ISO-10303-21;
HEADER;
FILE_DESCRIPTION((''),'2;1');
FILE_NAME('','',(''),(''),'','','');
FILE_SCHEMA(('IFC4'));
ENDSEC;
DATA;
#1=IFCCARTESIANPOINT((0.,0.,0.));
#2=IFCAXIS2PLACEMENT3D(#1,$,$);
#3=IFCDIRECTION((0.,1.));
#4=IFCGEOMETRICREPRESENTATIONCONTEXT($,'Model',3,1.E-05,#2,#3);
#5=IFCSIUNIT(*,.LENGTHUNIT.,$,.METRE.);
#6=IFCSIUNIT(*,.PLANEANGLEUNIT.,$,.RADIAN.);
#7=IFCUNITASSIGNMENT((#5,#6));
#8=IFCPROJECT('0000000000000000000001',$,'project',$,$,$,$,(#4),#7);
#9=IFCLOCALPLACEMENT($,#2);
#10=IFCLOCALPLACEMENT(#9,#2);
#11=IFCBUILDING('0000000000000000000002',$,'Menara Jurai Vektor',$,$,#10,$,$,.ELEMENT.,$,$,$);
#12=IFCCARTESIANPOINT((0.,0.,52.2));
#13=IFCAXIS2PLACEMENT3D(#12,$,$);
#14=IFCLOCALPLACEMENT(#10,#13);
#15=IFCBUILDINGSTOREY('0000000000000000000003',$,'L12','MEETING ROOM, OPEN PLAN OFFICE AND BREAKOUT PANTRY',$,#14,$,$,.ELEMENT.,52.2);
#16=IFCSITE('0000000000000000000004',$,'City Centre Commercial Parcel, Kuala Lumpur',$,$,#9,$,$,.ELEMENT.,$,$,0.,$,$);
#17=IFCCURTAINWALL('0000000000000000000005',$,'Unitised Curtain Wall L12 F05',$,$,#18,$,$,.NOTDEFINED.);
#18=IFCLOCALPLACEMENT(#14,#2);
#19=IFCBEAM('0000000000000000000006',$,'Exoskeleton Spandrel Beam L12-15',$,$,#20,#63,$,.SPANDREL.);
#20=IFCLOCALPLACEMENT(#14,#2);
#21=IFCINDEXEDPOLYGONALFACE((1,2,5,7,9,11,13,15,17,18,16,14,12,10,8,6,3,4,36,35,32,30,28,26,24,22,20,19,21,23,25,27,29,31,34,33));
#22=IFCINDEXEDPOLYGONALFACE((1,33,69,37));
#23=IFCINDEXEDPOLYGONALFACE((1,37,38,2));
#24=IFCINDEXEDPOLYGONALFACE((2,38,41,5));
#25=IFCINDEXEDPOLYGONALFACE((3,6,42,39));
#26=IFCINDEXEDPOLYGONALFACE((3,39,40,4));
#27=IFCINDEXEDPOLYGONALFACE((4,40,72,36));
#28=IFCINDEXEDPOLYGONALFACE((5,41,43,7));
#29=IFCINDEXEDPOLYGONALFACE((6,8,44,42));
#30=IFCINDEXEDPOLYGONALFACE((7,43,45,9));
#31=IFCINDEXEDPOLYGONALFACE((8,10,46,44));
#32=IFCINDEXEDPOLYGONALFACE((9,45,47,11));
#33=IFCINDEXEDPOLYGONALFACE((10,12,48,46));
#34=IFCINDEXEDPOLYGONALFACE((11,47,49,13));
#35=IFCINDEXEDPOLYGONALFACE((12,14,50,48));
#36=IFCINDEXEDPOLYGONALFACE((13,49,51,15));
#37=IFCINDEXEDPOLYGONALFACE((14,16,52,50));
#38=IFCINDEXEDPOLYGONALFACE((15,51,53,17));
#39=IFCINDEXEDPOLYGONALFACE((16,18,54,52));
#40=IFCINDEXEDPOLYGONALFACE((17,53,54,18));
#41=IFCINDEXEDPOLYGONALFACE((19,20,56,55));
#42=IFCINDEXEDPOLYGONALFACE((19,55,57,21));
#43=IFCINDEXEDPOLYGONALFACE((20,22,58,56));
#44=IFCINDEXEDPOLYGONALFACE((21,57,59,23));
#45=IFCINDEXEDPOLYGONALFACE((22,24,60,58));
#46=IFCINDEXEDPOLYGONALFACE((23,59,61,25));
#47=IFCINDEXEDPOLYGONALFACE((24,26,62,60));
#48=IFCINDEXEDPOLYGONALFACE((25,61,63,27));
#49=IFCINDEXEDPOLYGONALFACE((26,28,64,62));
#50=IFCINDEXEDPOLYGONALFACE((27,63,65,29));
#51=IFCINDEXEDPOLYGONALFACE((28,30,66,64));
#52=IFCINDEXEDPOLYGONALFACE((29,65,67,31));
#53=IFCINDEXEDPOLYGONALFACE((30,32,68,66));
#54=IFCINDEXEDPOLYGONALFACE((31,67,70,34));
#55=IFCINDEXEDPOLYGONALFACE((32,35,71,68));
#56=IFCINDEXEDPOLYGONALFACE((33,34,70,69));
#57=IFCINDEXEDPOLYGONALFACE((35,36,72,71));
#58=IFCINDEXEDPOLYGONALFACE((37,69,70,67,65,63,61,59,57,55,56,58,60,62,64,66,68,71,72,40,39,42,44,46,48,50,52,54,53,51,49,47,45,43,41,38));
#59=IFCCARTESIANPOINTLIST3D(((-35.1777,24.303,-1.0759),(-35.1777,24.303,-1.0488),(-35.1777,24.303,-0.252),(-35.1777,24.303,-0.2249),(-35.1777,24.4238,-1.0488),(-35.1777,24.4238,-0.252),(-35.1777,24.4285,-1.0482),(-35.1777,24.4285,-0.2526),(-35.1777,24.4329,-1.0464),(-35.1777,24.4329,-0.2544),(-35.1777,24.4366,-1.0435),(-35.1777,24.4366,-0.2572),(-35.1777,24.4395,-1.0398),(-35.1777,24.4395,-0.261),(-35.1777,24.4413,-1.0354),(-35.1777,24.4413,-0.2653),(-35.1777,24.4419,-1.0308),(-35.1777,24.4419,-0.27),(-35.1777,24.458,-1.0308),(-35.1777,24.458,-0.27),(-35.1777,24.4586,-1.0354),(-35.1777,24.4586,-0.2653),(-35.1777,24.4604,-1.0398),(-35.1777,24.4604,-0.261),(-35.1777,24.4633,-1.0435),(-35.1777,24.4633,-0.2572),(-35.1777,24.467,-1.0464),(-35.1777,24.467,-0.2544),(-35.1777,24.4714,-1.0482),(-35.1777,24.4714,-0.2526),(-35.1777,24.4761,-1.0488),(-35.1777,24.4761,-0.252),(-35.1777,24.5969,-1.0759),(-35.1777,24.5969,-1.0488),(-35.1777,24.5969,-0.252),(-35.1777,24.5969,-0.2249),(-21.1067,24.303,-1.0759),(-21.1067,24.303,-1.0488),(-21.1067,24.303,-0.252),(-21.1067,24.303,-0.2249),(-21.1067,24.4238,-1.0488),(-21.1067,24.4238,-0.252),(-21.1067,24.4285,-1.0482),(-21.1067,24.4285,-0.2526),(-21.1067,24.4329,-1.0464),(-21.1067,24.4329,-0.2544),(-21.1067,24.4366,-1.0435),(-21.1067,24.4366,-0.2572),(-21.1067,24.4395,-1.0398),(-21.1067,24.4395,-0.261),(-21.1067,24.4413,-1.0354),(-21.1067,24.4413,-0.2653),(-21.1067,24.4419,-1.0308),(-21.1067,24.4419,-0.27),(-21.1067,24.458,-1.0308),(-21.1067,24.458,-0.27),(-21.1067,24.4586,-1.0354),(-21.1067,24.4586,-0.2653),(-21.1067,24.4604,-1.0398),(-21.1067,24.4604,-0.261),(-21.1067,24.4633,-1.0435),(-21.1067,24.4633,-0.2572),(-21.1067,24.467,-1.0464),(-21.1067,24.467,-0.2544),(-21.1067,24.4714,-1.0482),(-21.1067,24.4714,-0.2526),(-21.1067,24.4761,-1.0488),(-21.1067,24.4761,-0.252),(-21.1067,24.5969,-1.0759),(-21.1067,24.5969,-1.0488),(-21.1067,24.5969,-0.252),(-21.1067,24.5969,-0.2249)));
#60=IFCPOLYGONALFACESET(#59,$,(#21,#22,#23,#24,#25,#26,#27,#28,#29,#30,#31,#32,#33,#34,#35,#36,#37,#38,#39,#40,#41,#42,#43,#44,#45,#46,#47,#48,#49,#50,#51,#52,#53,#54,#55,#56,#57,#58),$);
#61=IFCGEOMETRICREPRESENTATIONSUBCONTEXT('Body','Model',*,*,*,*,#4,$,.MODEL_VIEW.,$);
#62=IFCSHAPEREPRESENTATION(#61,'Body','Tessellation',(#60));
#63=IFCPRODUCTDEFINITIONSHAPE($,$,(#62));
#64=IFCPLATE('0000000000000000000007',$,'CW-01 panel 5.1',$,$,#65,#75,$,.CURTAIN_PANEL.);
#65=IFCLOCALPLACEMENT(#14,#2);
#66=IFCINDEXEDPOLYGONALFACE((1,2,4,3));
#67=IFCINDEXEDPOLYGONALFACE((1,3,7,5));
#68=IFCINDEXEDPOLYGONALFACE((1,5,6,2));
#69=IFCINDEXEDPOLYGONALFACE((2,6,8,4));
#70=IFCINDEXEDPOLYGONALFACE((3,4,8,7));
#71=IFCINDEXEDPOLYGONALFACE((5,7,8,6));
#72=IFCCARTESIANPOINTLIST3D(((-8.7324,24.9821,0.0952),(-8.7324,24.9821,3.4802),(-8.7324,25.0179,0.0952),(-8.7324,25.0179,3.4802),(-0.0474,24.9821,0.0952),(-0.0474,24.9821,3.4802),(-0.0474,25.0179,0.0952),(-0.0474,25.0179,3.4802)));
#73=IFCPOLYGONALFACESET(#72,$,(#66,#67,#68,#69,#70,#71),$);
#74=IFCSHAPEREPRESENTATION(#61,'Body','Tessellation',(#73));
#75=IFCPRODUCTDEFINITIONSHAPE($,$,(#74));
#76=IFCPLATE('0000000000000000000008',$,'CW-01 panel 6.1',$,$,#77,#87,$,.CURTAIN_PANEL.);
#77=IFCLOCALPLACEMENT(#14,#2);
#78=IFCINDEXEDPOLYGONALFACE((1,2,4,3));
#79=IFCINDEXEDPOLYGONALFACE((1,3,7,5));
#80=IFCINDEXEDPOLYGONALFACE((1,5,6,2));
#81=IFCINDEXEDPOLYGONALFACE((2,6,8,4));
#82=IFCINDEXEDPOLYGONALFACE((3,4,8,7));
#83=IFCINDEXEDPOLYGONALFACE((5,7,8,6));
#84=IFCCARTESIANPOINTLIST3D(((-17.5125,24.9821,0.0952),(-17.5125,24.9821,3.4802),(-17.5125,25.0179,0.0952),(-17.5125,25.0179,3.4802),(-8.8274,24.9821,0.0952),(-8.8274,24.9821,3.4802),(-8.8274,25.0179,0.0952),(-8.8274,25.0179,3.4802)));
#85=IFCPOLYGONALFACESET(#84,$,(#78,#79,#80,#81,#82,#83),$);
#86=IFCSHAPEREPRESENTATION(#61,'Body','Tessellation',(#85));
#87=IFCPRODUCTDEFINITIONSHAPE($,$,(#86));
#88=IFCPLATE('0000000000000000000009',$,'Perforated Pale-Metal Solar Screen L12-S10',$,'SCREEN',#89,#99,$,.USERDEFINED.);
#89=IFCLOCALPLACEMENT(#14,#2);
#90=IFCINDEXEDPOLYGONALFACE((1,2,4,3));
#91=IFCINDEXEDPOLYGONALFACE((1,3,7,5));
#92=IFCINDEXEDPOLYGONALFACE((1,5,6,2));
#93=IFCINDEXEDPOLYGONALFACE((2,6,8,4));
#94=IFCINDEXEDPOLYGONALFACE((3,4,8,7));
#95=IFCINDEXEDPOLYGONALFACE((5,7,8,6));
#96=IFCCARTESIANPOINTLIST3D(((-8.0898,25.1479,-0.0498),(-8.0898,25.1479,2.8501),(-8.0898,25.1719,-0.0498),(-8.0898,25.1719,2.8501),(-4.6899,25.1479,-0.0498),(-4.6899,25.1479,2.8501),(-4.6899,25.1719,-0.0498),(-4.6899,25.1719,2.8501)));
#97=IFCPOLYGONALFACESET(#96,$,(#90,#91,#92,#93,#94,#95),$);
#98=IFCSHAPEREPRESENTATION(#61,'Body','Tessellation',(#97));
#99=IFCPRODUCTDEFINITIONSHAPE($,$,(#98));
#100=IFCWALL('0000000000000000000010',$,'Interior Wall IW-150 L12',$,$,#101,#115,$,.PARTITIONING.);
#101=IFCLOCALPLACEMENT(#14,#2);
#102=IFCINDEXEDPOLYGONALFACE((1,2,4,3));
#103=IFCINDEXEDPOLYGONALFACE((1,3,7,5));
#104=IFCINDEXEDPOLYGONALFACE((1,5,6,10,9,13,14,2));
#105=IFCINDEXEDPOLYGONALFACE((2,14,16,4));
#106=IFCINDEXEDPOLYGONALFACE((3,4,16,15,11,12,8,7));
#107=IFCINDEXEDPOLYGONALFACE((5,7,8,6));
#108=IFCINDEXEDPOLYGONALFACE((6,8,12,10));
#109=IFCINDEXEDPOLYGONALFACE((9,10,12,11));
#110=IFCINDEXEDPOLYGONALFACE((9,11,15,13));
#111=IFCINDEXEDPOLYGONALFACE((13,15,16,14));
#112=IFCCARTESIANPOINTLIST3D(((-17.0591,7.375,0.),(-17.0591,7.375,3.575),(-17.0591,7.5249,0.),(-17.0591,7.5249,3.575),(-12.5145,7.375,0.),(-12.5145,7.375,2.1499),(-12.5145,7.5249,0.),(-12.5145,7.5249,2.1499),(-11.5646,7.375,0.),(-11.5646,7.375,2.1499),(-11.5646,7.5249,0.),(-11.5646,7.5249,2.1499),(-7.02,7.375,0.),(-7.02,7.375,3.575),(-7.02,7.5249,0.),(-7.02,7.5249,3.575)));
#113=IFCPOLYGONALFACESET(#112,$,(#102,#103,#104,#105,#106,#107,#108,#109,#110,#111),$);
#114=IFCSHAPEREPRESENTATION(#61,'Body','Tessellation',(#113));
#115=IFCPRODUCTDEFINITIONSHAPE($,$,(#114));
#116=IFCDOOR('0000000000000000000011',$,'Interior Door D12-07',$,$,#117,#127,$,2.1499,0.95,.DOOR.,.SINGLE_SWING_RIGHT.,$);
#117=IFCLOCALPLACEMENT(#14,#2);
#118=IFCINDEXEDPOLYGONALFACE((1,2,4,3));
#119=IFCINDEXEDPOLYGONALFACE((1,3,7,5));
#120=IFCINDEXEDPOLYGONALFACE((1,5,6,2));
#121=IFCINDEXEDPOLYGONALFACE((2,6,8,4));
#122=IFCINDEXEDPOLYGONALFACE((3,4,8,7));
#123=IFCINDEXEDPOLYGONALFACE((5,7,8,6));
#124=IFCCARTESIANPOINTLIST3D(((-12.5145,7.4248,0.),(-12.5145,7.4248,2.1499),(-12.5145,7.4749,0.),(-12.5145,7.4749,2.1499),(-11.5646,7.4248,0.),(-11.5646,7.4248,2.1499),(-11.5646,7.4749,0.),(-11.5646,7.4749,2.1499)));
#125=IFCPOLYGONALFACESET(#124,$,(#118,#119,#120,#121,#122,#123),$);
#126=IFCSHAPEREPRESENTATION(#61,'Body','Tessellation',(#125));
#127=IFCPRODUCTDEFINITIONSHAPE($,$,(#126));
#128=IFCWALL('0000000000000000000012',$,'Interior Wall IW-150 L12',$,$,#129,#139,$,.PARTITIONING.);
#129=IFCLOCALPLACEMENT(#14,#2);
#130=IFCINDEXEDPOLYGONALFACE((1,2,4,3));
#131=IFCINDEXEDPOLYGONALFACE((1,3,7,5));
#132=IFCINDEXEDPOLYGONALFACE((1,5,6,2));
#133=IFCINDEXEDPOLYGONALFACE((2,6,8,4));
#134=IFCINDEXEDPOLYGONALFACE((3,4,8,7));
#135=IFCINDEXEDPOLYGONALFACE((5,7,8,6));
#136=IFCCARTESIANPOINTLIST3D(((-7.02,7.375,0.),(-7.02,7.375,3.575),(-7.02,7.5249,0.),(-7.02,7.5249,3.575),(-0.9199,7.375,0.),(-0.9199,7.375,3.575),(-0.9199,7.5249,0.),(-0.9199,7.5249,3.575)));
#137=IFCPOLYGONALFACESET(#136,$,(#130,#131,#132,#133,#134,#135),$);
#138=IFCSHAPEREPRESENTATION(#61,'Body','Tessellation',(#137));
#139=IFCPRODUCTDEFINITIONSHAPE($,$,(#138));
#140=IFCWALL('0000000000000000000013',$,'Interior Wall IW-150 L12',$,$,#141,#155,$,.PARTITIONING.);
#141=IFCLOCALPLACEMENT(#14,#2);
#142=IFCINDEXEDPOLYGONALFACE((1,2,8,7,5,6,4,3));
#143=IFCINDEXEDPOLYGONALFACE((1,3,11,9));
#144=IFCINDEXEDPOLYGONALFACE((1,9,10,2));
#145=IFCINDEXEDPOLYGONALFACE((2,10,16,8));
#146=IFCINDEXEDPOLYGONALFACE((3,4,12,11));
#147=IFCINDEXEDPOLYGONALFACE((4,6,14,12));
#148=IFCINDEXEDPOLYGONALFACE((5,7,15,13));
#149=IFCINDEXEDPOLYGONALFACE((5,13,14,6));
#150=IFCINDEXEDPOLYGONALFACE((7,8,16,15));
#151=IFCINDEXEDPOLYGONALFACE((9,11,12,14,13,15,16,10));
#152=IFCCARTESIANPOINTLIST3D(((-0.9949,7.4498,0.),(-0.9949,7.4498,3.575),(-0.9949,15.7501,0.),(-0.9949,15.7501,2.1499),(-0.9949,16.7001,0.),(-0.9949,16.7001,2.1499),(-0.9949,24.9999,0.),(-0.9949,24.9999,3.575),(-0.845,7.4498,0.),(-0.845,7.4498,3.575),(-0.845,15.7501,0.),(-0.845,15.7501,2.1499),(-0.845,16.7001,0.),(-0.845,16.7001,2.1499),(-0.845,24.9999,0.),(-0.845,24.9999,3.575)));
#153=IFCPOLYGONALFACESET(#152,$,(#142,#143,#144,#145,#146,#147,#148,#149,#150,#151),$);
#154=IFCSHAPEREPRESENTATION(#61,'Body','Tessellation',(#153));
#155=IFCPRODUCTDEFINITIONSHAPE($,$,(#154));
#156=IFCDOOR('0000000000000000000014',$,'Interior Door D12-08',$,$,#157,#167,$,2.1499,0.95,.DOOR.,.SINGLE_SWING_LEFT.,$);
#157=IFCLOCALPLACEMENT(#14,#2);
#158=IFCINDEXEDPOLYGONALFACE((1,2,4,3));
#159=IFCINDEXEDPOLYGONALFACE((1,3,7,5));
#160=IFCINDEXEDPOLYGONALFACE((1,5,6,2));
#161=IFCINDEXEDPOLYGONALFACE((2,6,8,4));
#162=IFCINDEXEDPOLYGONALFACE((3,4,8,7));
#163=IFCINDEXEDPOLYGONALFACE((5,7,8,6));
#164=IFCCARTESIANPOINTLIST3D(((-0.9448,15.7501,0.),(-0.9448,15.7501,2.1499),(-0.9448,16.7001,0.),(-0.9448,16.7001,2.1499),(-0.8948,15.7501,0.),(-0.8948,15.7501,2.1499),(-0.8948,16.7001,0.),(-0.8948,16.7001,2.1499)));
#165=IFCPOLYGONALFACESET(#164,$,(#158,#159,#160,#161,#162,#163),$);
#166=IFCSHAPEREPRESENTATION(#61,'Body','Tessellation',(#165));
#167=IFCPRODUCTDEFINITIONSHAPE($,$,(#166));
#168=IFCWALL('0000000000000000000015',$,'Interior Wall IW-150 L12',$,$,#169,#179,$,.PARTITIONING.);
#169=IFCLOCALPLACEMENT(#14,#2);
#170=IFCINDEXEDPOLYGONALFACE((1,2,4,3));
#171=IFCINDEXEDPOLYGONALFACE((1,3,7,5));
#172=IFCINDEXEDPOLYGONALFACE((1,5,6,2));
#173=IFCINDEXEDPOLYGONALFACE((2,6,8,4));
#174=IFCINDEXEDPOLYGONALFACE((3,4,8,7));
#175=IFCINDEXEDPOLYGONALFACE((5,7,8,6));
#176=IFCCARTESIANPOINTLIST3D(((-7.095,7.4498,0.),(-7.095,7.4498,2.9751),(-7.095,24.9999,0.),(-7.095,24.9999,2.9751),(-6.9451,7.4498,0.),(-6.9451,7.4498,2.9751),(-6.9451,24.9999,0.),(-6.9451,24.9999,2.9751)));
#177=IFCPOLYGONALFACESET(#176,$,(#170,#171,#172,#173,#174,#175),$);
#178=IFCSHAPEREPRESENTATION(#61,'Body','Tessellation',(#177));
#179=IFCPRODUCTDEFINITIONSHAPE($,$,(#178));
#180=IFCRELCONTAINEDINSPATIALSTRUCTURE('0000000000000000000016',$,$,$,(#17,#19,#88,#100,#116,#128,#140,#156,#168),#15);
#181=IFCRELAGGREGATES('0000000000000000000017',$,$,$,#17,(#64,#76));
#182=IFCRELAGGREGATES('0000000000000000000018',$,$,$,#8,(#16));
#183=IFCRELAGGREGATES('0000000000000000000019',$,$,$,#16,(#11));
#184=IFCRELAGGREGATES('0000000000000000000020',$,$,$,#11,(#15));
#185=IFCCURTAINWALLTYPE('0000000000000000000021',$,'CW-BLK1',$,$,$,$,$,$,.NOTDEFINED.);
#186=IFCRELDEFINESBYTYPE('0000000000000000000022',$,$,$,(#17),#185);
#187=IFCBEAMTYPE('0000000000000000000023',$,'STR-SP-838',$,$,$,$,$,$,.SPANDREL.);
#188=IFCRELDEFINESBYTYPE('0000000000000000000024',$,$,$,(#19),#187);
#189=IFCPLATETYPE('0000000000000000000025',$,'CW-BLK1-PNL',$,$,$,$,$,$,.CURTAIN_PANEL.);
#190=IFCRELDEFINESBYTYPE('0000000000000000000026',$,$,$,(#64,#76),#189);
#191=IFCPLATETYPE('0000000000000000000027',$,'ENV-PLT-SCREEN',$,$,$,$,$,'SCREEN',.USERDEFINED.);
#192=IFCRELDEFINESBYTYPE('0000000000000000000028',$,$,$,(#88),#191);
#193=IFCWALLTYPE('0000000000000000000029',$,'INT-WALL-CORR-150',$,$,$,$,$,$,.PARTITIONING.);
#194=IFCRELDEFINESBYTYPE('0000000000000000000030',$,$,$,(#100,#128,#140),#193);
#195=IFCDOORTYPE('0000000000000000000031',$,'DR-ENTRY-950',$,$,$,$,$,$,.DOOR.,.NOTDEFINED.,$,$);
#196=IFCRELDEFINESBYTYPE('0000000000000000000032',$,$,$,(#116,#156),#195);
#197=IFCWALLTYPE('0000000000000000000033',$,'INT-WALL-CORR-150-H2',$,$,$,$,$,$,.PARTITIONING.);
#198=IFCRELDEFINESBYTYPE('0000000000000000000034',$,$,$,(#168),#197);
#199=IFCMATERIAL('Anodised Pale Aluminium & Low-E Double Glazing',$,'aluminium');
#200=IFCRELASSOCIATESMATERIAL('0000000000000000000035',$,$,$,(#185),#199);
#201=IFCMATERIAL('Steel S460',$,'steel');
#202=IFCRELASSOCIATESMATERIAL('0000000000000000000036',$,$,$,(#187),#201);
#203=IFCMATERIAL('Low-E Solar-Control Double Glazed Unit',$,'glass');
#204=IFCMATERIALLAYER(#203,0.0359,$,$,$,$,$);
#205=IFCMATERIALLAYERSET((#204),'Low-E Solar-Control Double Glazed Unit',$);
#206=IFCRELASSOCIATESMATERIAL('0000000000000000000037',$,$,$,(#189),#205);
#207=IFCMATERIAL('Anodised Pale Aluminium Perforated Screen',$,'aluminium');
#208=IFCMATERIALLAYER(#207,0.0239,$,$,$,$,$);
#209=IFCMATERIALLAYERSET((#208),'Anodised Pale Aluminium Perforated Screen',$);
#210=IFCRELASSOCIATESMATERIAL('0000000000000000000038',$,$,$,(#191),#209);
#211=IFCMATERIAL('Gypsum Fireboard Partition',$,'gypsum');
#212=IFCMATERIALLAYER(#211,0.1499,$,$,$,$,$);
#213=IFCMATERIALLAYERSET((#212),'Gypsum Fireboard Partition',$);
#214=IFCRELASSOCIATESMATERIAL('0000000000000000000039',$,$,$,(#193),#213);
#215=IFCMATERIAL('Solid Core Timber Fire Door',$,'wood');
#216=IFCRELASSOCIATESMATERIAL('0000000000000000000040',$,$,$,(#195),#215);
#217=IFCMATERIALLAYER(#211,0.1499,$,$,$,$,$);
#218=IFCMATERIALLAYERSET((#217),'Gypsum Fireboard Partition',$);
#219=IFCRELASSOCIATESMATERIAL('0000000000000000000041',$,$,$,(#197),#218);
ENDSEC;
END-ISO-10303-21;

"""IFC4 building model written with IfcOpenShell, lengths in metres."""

from ifc_helpers import new_model, si_unit, direction, frame, frame_2d, origin, origin_2d, place, context, subcontext, project, spatial, rectangle, i_section, extrude, material, layer, layer_set, material_profile, profile_set, type_object, element, fill, aggregate, save


model = new_model("IFC4")

# Units and contexts
model_context = context("Model", 3, precision=1e-05, world=origin(), true_north=direction((0.0, 1.0)))
body_context = subcontext(model_context, "Body", "Model", "MODEL_VIEW")
ifc_project = project(units=[si_unit("LENGTHUNIT", "METRE"), si_unit("PLANEANGLEUNIT", "RADIAN")], contexts=[model_context])

# Site, building, storey
site_placement = place(None, origin())
site = spatial("IfcSite", under=ifc_project, at=site_placement, Name="City Centre Commercial Parcel, Kuala Lumpur", CompositionType="ELEMENT", RefElevation=0.0)
building_placement = place(site_placement, origin())
building = spatial("IfcBuilding", under=site, at=building_placement, Name="Menara Jurai Vektor", CompositionType="ELEMENT")
storey_placement = place(building_placement, frame((0.0, 0.0, 52.2)))
storey = spatial("IfcBuildingStorey", under=building, at=storey_placement, Name="L12", Description="MEETING ROOM, OPEN PLAN OFFICE AND BREAKOUT PANTRY", CompositionType="ELEMENT", Elevation=52.2)

# Shared definitions
ifc_material_1 = material(Name="Steel S460", Category="steel")

# Curtain wall
ifc_material_2 = material(Name="Anodised Pale Aluminium & Low-E Double Glazing", Category="aluminium")
curtain_wall_type = type_object("IfcCurtainWallType", Name="CW-BLK1", PredefinedType="NOTDEFINED", material=ifc_material_2)
curtain_wall_placement = place(storey_placement, origin())
curtain_wall = element("IfcCurtainWall", 1, at=curtain_wall_placement, inside=storey, type_object=curtain_wall_type, Name="Unitised Curtain Wall L12 F05", PredefinedType="NOTDEFINED")

# Beam
ifc_material_profile_1 = material_profile(ifc_material_1, i_section(OverallWidth=0.2939, OverallDepth=0.8511, WebThickness=0.0161, FlangeThickness=0.0271, FilletRadius=0.0181, at=origin_2d()), Name="UKB 838x292x226")
ifc_profile_set_1 = profile_set([ifc_material_profile_1], Name="Steel S460")
beam_type_1 = type_object("IfcBeamType", Name="STR-SP-838", PredefinedType="SPANDREL", material=ifc_profile_set_1)
for number, where, z_axis, x_axis, name in (
    (2, (-21.1067, 24.45, -0.6504), (-1.0, 0.0, 0.0), (0.0, -1.0, 0.0), "Exoskeleton Spandrel Beam L12-15"),
):
    element("IfcBeam", number, at=place(storey_placement, frame(where, z_axis=z_axis, x_axis=x_axis)), inside=storey, type_object=beam_type_1, Name=name, PredefinedType="SPANDREL", context=body_context, shape_type="SweptSolid", body=[
        extrude(i_section(OverallWidth=0.2939, OverallDepth=0.8511, WebThickness=0.0161, FlangeThickness=0.0271, FilletRadius=0.0181, at=origin_2d()), origin(), (0.0, 0.0, 1.0), 14.071),
    ])

# Plates
ifc_material_3 = material(Name="Low-E Solar-Control Double Glazed Unit", Category="glass")
ifc_layer_1 = layer(ifc_material_3, 0.0359)
ifc_layer_set_1 = layer_set([ifc_layer_1], Name="Low-E Solar-Control Double Glazed Unit")
plate_type_1 = type_object("IfcPlateType", Name="CW-BLK1-PNL", PredefinedType="CURTAIN_PANEL", material=ifc_layer_set_1)
plate_1_placement = place(storey_placement, frame((-4.3899, 25.0, 0.0952), z_axis=(0.0, 0.0, 1.0), x_axis=(-1.0, 0.0, 0.0)))
plate_1 = element("IfcPlate", 3, at=plate_1_placement, type_object=plate_type_1, Name="CW-01 panel 5.1", PredefinedType="CURTAIN_PANEL", context=body_context, shape_type="SweptSolid", body=[
    extrude(rectangle(XDim=8.6851, YDim=0.0359, at=origin_2d()), origin(), (0.0, 0.0, 1.0), 3.385),
])
plate_2_placement = place(storey_placement, frame((-13.1699, 25.0, 0.0952), z_axis=(0.0, 0.0, 1.0), x_axis=(-1.0, 0.0, 0.0)))
plate_2 = element("IfcPlate", 4, at=plate_2_placement, type_object=plate_type_1, Name="CW-01 panel 6.1", PredefinedType="CURTAIN_PANEL", context=body_context, shape_type="SweptSolid", body=[
    extrude(rectangle(XDim=8.6851, YDim=0.0359, at=origin_2d()), origin(), (0.0, 0.0, 1.0), 3.385),
])
aggregate(curtain_wall, [plate_1, plate_2])
ifc_material_4 = material(Name="Anodised Pale Aluminium Perforated Screen", Category="aluminium")
ifc_layer_2 = layer(ifc_material_4, 0.0239)
ifc_layer_set_2 = layer_set([ifc_layer_2], Name="Anodised Pale Aluminium Perforated Screen")
plate_type_2 = type_object("IfcPlateType", Name="ENV-PLT-SCREEN", ElementType="SCREEN", PredefinedType="USERDEFINED", material=ifc_layer_set_2)
plate_3_placement = place(storey_placement, frame((-6.3899, 25.1599, -0.0498), z_axis=(0.0, 0.0, 1.0), x_axis=(-1.0, 0.0, 0.0)))
element("IfcPlate", 5, at=plate_3_placement, inside=storey, type_object=plate_type_2, Name="Perforated Pale-Metal Solar Screen L12-S10", ObjectType="SCREEN", PredefinedType="USERDEFINED", context=body_context, shape_type="SweptSolid", body=[
    extrude(rectangle(XDim=3.3999, YDim=0.0239, at=origin_2d()), origin(), (0.0, 0.0, 1.0), 2.8999),
])

# Wall, opening, door
ifc_material_5 = material(Name="Gypsum Fireboard Partition", Category="gypsum")
ifc_layer_3 = layer(ifc_material_5, 0.1499)
ifc_layer_set_3 = layer_set([ifc_layer_3], Name="Gypsum Fireboard Partition")
wall_type_1 = type_object("IfcWallType", Name="INT-WALL-CORR-150", PredefinedType="PARTITIONING", material=ifc_layer_set_3)
wall_1_placement = place(storey_placement, frame((-17.0591, 7.45, 0.0), z_axis=(0.0, 0.0, 1.0), x_axis=(1.0, 0.0, 0.0)))
wall_1 = element("IfcWall", 6, at=wall_1_placement, inside=storey, type_object=wall_type_1, Name="Interior Wall IW-150 L12", PredefinedType="PARTITIONING", context=body_context, shape_type="SweptSolid", body=[
    extrude(rectangle(XDim=10.0391, YDim=0.1499, at=frame_2d((5.0195, 0.0))), origin(), (0.0, 0.0, 1.0), 3.575),
])
opening_1_placement = place(wall_1_placement, frame((4.5444, 0.0, 0.0)))
opening_1 = element("IfcOpeningElement", 7, at=opening_1_placement, cuts=wall_1, PredefinedType="OPENING", context=body_context, shape_type="SweptSolid", body=[
    extrude(rectangle(XDim=0.95, YDim=2.1499, at=frame_2d((0.4751, 1.075))), frame((0.0, 0.085, 0.0), z_axis=(0.0, -1.0, 0.0), x_axis=(1.0, 0.0, 0.0)), (0.0, 0.0, 1.0), 0.1699),
])
ifc_material_6 = material(Name="Solid Core Timber Fire Door", Category="wood")
door_type = type_object("IfcDoorType", Name="DR-ENTRY-950", OperationType="NOTDEFINED", PredefinedType="DOOR", material=ifc_material_6)
door_1_placement = place(opening_1_placement, origin())
door_1 = element("IfcDoor", 8, at=door_1_placement, inside=storey, type_object=door_type, Name="Interior Door D12-07", OperationType="SINGLE_SWING_RIGHT", OverallHeight=2.1499, OverallWidth=0.95, PredefinedType="DOOR", context=body_context, shape_type="SweptSolid", body=[
    extrude(rectangle(XDim=0.95, YDim=2.1499, at=frame_2d((0.4751, 1.075))), frame((0.0, 0.0249, 0.0), z_axis=(0.0, -1.0, 0.0), x_axis=(1.0, 0.0, 0.0)), (0.0, 0.0, 1.0), 0.05),
])
fill(opening_1, door_1)

# Wall
wall_2_placement = place(storey_placement, frame((-7.02, 7.45, 0.0), z_axis=(0.0, 0.0, 1.0), x_axis=(1.0, 0.0, 0.0)))
element("IfcWall", 9, at=wall_2_placement, inside=storey, type_object=wall_type_1, Name="Interior Wall IW-150 L12", PredefinedType="PARTITIONING", context=body_context, shape_type="SweptSolid", body=[
    extrude(rectangle(XDim=6.1001, YDim=0.1499, at=frame_2d((3.05, 0.0))), origin(), (0.0, 0.0, 1.0), 3.575),
])

# Wall, opening, door
wall_3_placement = place(storey_placement, frame((-0.9199, 7.45, 0.0), z_axis=(0.0, 0.0, 1.0), x_axis=(0.0, 1.0, 0.0)))
wall_3 = element("IfcWall", 10, at=wall_3_placement, inside=storey, type_object=wall_type_1, Name="Interior Wall IW-150 L12", PredefinedType="PARTITIONING", context=body_context, shape_type="SweptSolid", body=[
    extrude(rectangle(XDim=17.55, YDim=0.1499, at=frame_2d((8.7749, 0.0))), origin(), (0.0, 0.0, 1.0), 3.575),
])
opening_2_placement = place(wall_3_placement, frame((8.3, 0.0, 0.0)))
opening_2 = element("IfcOpeningElement", 11, at=opening_2_placement, cuts=wall_3, PredefinedType="OPENING", context=body_context, shape_type="SweptSolid", body=[
    extrude(rectangle(XDim=0.95, YDim=2.1499, at=frame_2d((0.4751, 1.075))), frame((0.0, 0.085, 0.0), z_axis=(0.0, -1.0, 0.0), x_axis=(1.0, 0.0, 0.0)), (0.0, 0.0, 1.0), 0.1699),
])
door_2_placement = place(opening_2_placement, origin())
door_2 = element("IfcDoor", 12, at=door_2_placement, inside=storey, type_object=door_type, Name="Interior Door D12-08", OperationType="SINGLE_SWING_LEFT", OverallHeight=2.1499, OverallWidth=0.95, PredefinedType="DOOR", context=body_context, shape_type="SweptSolid", body=[
    extrude(rectangle(XDim=0.95, YDim=2.1499, at=frame_2d((0.4751, 1.075))), frame((0.0, 0.0249, 0.0), z_axis=(0.0, -1.0, 0.0), x_axis=(1.0, 0.0, 0.0)), (0.0, 0.0, 1.0), 0.05),
])
fill(opening_2, door_2)

# Wall
ifc_layer_4 = layer(ifc_material_5, 0.1499)
ifc_layer_set_4 = layer_set([ifc_layer_4], Name="Gypsum Fireboard Partition")
wall_type_2 = type_object("IfcWallType", Name="INT-WALL-CORR-150-H2", PredefinedType="PARTITIONING", material=ifc_layer_set_4)
wall_4_placement = place(storey_placement, frame((-7.02, 7.45, 0.0), z_axis=(0.0, 0.0, 1.0), x_axis=(0.0, 1.0, 0.0)))
element("IfcWall", 13, at=wall_4_placement, inside=storey, type_object=wall_type_2, Name="Interior Wall IW-150 L12", PredefinedType="PARTITIONING", context=body_context, shape_type="SweptSolid", body=[
    extrude(rectangle(XDim=17.55, YDim=0.1499, at=frame_2d((8.7749, 0.0))), origin(), (0.0, 0.0, 1.0), 2.9751),
])

save(model, "model.ifc")
